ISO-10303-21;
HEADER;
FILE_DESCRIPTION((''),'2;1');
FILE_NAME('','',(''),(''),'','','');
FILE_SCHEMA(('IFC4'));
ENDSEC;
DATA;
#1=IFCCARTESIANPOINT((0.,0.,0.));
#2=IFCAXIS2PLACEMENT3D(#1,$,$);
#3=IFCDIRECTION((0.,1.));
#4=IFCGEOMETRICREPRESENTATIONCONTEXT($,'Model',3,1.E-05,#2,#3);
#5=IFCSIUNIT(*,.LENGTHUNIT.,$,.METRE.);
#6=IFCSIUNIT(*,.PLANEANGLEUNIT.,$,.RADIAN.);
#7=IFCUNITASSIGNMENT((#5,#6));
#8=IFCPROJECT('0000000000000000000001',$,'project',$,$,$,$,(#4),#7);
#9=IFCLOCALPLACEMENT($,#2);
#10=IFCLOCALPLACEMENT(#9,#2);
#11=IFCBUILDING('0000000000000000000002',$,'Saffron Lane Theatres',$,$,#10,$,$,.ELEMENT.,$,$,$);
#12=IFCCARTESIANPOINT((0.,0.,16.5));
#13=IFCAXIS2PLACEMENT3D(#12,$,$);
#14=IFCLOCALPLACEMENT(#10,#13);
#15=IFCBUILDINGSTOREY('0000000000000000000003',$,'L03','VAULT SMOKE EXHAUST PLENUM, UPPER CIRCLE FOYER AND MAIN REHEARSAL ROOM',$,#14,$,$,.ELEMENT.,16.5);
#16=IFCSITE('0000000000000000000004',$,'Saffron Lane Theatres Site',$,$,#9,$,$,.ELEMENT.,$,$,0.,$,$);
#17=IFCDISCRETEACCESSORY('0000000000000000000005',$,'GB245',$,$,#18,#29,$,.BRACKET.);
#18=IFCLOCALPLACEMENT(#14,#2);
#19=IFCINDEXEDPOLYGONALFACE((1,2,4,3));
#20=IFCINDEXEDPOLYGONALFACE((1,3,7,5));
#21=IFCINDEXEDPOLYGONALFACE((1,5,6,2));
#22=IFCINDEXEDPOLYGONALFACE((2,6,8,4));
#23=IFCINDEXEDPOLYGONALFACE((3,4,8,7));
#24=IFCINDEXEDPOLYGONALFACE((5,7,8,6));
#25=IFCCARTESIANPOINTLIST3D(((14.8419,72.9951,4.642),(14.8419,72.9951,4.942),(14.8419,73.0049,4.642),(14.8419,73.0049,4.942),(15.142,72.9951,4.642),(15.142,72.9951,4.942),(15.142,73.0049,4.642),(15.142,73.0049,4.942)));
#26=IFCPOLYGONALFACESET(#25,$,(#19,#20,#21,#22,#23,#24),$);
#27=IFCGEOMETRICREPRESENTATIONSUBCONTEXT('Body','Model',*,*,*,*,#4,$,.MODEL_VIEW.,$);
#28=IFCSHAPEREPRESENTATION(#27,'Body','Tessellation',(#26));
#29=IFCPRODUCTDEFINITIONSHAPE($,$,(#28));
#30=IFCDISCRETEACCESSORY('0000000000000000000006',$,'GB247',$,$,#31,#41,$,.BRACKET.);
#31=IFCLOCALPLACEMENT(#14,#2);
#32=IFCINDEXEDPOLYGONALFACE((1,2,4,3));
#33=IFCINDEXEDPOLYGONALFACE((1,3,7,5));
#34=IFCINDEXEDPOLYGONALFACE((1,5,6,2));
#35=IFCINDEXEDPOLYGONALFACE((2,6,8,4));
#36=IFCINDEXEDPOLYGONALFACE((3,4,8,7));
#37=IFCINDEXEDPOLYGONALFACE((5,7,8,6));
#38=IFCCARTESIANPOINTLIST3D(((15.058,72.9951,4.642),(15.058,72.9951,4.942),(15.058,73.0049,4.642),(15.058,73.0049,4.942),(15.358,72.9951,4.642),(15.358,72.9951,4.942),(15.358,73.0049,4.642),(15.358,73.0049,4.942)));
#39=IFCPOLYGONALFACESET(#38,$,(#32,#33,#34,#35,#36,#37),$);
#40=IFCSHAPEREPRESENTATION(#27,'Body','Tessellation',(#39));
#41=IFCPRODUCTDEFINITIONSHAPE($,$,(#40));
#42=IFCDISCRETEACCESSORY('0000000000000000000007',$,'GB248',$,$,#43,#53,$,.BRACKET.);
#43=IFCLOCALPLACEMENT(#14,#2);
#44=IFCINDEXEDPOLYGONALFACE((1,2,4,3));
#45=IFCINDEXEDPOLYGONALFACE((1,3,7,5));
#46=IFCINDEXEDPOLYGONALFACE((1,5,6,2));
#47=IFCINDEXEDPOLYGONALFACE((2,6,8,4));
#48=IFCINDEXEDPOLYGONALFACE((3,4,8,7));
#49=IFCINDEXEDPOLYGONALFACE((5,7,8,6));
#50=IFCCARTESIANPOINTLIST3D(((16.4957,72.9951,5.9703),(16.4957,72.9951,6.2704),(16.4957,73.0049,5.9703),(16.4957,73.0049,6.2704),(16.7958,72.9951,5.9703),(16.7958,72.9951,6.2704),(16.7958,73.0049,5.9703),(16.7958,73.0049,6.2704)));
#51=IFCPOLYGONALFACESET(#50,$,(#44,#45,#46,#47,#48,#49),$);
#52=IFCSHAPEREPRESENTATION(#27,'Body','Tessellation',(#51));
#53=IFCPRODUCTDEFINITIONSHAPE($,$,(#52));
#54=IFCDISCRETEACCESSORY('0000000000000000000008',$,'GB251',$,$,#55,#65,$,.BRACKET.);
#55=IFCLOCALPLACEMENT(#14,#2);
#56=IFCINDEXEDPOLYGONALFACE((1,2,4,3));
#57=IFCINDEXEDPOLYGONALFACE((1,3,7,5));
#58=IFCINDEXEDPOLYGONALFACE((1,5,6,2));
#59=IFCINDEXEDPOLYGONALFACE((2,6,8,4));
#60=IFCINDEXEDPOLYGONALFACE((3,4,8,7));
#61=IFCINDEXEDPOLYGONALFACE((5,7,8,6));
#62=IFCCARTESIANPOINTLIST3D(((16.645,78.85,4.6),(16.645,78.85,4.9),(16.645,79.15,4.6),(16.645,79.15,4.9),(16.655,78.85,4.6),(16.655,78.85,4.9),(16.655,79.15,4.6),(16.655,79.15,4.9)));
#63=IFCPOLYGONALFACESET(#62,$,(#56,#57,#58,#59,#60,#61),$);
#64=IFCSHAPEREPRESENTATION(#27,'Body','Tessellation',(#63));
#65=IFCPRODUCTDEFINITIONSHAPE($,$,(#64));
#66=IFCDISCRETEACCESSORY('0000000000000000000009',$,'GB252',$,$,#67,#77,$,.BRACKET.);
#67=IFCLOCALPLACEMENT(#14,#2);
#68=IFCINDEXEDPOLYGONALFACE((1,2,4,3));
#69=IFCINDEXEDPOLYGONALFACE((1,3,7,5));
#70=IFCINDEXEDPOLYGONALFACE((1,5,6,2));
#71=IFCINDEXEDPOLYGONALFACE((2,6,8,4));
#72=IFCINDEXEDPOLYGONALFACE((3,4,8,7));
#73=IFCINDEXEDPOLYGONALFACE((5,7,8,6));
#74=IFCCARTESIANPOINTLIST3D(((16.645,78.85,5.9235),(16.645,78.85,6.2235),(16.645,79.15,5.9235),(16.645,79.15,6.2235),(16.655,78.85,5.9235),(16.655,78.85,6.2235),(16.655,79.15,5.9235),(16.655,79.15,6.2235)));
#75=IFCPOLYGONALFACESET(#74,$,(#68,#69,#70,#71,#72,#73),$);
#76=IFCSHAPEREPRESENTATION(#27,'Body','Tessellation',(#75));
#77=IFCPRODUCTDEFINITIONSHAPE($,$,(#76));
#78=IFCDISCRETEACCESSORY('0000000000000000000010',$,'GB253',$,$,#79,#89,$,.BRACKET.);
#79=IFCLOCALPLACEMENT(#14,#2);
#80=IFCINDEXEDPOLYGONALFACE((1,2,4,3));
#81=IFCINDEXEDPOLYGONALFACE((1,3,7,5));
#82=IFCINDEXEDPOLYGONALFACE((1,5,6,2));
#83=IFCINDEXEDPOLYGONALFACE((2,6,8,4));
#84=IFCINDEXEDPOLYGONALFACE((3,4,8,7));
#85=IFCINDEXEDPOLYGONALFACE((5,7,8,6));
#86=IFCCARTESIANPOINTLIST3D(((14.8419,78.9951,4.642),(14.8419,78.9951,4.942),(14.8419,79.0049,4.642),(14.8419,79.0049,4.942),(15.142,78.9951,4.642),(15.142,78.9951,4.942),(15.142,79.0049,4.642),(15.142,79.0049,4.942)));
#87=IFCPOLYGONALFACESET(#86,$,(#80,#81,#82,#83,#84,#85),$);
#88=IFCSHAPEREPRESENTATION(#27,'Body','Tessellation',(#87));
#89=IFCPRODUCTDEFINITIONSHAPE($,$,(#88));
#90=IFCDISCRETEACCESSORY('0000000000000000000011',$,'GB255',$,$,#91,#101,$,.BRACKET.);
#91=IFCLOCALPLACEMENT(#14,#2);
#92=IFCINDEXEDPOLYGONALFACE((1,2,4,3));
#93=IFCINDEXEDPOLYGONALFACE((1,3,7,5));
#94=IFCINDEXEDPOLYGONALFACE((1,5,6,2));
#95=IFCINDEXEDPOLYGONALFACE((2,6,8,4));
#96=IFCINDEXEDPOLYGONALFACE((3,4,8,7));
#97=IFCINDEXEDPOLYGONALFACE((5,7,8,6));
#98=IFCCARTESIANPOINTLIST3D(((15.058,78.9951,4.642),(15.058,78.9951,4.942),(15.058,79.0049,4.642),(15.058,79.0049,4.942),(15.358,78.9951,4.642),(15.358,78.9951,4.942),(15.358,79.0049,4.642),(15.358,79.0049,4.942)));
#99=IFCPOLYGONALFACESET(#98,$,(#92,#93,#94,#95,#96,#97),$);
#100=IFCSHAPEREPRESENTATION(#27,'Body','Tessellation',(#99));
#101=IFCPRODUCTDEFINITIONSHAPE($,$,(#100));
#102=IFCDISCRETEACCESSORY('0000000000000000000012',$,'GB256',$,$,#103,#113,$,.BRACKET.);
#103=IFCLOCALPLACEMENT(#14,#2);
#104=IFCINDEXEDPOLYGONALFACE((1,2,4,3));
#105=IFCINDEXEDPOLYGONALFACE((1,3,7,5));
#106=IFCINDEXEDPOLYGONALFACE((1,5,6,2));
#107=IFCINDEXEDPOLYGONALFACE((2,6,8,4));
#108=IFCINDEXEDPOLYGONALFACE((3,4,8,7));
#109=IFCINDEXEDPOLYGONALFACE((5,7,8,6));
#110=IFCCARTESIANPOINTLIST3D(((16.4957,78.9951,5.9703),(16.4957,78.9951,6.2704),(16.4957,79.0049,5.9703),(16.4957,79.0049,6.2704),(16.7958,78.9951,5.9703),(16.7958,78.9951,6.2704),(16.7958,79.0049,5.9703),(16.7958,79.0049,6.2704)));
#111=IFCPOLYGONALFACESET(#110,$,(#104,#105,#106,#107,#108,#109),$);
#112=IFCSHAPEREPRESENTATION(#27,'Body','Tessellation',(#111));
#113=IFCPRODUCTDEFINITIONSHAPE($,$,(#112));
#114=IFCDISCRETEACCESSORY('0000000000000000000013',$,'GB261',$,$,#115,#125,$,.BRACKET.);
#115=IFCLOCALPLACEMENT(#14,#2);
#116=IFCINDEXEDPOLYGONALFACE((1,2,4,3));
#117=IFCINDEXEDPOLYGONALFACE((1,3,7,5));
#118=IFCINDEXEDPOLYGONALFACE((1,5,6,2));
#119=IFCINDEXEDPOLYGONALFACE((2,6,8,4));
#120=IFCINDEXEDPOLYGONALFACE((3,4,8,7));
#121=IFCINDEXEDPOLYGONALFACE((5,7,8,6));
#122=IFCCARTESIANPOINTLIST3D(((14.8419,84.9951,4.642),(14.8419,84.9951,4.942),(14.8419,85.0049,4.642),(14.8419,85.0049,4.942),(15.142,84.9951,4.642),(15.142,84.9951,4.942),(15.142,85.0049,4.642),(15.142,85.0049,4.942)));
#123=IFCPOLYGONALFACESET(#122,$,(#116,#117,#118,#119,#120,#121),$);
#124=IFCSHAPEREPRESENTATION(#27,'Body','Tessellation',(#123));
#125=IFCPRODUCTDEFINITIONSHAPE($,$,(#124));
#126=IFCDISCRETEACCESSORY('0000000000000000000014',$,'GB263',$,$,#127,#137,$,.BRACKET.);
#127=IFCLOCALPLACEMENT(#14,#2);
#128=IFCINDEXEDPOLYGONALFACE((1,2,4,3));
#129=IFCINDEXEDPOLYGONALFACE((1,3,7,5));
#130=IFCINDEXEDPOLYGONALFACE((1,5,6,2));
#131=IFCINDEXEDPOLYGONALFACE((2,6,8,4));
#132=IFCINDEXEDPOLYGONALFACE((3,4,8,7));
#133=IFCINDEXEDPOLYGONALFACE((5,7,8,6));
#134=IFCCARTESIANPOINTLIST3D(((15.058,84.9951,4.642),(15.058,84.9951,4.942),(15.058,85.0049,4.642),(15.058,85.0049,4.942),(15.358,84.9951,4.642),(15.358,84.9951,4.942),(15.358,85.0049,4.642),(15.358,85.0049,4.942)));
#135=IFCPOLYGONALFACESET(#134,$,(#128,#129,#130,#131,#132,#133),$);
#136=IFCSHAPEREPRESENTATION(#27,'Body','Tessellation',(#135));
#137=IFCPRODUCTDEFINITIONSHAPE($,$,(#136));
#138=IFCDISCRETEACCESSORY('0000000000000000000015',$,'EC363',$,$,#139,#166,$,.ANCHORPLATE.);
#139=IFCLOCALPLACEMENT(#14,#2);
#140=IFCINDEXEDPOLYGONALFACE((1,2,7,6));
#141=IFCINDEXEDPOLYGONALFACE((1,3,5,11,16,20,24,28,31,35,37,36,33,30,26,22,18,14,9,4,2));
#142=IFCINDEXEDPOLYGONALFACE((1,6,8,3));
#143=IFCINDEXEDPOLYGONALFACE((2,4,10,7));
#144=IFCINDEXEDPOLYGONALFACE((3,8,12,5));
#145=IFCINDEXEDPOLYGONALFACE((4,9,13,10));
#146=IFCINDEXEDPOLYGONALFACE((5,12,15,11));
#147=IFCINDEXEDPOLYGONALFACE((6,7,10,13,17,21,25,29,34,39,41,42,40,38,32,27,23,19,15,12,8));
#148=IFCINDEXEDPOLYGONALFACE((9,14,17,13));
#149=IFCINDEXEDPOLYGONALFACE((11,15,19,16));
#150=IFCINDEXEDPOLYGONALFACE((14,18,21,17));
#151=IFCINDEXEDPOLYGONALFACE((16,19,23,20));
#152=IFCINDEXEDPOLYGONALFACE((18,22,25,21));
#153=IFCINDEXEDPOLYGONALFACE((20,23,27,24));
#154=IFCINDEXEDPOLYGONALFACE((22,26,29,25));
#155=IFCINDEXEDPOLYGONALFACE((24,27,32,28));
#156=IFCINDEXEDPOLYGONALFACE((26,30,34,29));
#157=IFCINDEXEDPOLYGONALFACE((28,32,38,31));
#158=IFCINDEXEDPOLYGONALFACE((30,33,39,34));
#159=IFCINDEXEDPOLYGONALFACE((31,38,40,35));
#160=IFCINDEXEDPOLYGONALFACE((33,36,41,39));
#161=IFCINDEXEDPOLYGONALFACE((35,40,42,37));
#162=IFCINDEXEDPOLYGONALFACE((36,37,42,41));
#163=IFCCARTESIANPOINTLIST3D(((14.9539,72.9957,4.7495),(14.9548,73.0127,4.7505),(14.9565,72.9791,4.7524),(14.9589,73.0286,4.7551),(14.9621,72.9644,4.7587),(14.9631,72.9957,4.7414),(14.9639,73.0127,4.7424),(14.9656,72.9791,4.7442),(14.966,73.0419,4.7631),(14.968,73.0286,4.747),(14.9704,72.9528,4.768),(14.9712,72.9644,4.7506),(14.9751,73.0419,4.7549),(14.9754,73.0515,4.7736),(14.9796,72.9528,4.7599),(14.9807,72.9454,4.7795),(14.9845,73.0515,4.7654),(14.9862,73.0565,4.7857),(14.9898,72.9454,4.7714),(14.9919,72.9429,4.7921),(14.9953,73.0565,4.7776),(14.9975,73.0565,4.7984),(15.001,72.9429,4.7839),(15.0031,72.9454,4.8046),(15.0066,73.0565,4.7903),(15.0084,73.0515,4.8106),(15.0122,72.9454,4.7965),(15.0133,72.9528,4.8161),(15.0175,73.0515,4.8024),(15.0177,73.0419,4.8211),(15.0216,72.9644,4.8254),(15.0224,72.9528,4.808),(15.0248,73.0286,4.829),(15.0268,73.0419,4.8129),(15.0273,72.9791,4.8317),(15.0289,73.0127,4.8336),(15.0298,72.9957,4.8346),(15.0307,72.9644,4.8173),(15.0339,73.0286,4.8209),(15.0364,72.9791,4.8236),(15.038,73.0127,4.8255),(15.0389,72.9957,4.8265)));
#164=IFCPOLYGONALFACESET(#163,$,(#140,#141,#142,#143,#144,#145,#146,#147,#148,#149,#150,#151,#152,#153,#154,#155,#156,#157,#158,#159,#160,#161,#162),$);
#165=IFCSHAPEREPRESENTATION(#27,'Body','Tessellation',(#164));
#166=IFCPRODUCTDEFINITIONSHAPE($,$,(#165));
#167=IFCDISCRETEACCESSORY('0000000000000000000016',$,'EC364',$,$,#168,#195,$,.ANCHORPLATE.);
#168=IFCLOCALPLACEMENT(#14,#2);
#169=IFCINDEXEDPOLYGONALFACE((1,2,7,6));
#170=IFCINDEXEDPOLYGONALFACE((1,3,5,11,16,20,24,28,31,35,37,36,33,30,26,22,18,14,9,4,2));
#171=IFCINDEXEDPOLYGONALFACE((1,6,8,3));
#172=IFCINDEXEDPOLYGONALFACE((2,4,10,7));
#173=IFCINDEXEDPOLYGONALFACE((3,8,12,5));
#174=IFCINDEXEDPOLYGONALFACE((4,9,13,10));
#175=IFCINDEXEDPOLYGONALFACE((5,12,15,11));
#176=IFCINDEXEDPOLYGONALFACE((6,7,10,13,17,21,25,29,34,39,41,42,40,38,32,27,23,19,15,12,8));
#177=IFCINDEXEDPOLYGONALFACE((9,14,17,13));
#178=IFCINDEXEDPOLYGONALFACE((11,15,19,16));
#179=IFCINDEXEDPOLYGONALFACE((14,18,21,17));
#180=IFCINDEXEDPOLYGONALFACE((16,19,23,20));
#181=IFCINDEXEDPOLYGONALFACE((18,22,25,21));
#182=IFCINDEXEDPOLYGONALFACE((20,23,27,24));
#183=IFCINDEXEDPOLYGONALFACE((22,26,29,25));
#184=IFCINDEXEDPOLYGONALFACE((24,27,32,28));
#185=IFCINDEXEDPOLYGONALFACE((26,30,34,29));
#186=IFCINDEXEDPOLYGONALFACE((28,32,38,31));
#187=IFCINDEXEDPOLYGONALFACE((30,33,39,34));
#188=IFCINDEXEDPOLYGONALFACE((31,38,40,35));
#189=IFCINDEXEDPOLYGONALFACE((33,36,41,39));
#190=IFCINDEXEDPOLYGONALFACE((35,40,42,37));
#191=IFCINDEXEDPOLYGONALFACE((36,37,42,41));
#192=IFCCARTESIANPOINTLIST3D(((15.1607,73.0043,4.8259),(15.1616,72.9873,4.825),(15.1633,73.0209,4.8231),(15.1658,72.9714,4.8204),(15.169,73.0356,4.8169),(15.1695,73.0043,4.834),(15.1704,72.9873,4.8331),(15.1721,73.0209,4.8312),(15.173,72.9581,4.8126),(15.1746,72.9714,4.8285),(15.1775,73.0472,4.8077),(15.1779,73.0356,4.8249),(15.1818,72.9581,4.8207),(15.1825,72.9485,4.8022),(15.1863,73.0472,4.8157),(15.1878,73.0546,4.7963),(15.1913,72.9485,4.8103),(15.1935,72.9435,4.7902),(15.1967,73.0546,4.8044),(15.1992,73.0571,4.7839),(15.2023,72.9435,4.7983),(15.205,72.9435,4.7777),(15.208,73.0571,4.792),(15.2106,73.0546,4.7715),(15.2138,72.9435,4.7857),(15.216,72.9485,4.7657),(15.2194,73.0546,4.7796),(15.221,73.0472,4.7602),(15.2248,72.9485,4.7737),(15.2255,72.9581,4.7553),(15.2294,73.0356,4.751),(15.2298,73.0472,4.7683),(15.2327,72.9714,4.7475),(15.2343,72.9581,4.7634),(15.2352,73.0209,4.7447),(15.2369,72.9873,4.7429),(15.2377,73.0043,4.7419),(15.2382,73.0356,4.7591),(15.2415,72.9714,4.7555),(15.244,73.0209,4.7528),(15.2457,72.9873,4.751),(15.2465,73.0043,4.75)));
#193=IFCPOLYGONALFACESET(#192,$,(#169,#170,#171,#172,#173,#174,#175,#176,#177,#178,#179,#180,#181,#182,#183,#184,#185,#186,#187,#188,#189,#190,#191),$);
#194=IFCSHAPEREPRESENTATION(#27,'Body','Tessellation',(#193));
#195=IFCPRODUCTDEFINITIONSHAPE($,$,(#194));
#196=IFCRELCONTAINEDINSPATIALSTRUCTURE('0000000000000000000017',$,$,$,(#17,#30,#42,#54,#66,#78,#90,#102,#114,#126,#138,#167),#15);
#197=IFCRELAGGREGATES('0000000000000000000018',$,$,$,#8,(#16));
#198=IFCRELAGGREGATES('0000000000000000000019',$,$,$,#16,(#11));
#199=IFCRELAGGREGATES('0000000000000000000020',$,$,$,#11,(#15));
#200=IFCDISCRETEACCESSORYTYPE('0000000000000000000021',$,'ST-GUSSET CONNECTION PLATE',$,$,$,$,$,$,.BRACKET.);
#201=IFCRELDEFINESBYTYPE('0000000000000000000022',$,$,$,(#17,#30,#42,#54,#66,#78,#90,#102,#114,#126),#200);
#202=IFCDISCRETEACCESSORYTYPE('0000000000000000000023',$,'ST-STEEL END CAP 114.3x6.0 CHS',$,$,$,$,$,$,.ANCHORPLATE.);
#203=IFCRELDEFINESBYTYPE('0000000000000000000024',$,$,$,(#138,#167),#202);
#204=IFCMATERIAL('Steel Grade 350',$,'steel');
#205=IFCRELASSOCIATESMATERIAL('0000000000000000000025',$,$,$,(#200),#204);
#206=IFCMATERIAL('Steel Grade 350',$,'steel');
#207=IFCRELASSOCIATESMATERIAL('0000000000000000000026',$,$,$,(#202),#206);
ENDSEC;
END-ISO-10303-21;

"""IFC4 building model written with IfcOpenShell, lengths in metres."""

from ifc_helpers import new_model, si_unit, direction, frame, origin, origin_2d, place, context, subcontext, project, spatial, rectangle, circle, extrude, material, material_profile, profile_set, type_object, element, save


model = new_model("IFC4")

# Units and contexts
model_context = context("Model", 3, precision=1e-05, world=origin(), true_north=direction((0.0, 1.0)))
body_context = subcontext(model_context, "Body", "Model", "MODEL_VIEW")
ifc_project = project(units=[si_unit("LENGTHUNIT", "METRE"), si_unit("PLANEANGLEUNIT", "RADIAN")], contexts=[model_context])

# Site, building, storey
site_placement = place(None, origin())
site = spatial("IfcSite", under=ifc_project, at=site_placement, Name="Saffron Lane Theatres Site", CompositionType="ELEMENT", RefElevation=0.0)
building_placement = place(site_placement, origin())
building = spatial("IfcBuilding", under=site, at=building_placement, Name="Saffron Lane Theatres", CompositionType="ELEMENT")
storey_placement = place(building_placement, frame((0.0, 0.0, 16.5)))
storey = spatial("IfcBuildingStorey", under=building, at=storey_placement, Name="L03", Description="VAULT SMOKE EXHAUST PLENUM, UPPER CIRCLE FOYER AND MAIN REHEARSAL ROOM", CompositionType="ELEMENT", Elevation=16.5)

# Discrete accessories
ifc_material_1 = material(Name="Steel Grade 350", Category="steel")
ifc_material_profile_1 = material_profile(ifc_material_1, rectangle(XDim=0.3, YDim=0.3, at=origin_2d()))
ifc_profile_set_1 = profile_set([ifc_material_profile_1], Name="Steel Grade 350")
discrete_accessory_type_1 = type_object("IfcDiscreteAccessoryType", Name="ST-GUSSET CONNECTION PLATE", PredefinedType="BRACKET", material=ifc_profile_set_1)
for number, where, z_axis, x_axis, name in (
    (1, (14.9919, 72.9951, 4.792), (0.0, 1.0, 0.0), (-1.0, 0.0, 0.0), "GB245"),
    (2, (15.208, 72.9951, 4.792), (0.0, 1.0, 0.0), (-1.0, 0.0, 0.0), "GB247"),
    (3, (16.6458, 72.9951, 6.1204), (0.0, 1.0, 0.0), (-1.0, 0.0, 0.0), "GB248"),
):
    element("IfcDiscreteAccessory", number, at=place(storey_placement, frame(where, z_axis=z_axis, x_axis=x_axis)), inside=storey, type_object=discrete_accessory_type_1, Name=name, PredefinedType="BRACKET", context=body_context, shape_type="SweptSolid", body=[
        extrude(rectangle(XDim=0.3, YDim=0.3, at=origin_2d()), origin(), (0.0, 0.0, 1.0), 0.0098),
    ])
for number, where, z_axis, x_axis, name in (
    (4, (16.645, 79.0, 4.75), (1.0, 0.0, 0.0), (0.0, 1.0, 0.0), "GB251"),
    (5, (16.645, 79.0, 6.0735), (1.0, 0.0, 0.0), (0.0, 1.0, 0.0), "GB252"),
):
    element("IfcDiscreteAccessory", number, at=place(storey_placement, frame(where, z_axis=z_axis, x_axis=x_axis)), inside=storey, type_object=discrete_accessory_type_1, Name=name, PredefinedType="BRACKET", context=body_context, shape_type="SweptSolid", body=[
        extrude(rectangle(XDim=0.3, YDim=0.3, at=origin_2d()), origin(), (0.0, 0.0, 1.0), 0.01),
    ])
for number, where, z_axis, x_axis, name in (
    (6, (14.9919, 78.9951, 4.792), (0.0, 1.0, 0.0), (-1.0, 0.0, 0.0), "GB253"),
    (7, (15.208, 78.9951, 4.792), (0.0, 1.0, 0.0), (-1.0, 0.0, 0.0), "GB255"),
    (8, (16.6458, 78.9951, 6.1204), (0.0, 1.0, 0.0), (-1.0, 0.0, 0.0), "GB256"),
    (9, (14.9919, 84.9951, 4.792), (0.0, 1.0, 0.0), (-1.0, 0.0, 0.0), "GB261"),
    (10, (15.208, 84.9951, 4.792), (0.0, 1.0, 0.0), (-1.0, 0.0, 0.0), "GB263"),
):
    element("IfcDiscreteAccessory", number, at=place(storey_placement, frame(where, z_axis=z_axis, x_axis=x_axis)), inside=storey, type_object=discrete_accessory_type_1, Name=name, PredefinedType="BRACKET", context=body_context, shape_type="SweptSolid", body=[
        extrude(rectangle(XDim=0.3, YDim=0.3, at=origin_2d()), origin(), (0.0, 0.0, 1.0), 0.0098),
    ])
ifc_material_2 = material(Name="Steel Grade 350", Category="steel")
ifc_material_profile_2 = material_profile(ifc_material_2, circle(Radius=0.0571, at=origin_2d()))
ifc_profile_set_2 = profile_set([ifc_material_profile_2], Name="Steel Grade 350")
discrete_accessory_type_2 = type_object("IfcDiscreteAccessoryType", Name="ST-STEEL END CAP 114.3x6.0 CHS", PredefinedType="ANCHORPLATE", material=ifc_profile_set_2)
discrete_accessory_1_placement = place(storey_placement, frame((15.001, 73.0, 4.7839), z_axis=(-0.746295, 0.0, 0.665615), x_axis=(0.0, -1.0, 0.0)))
element("IfcDiscreteAccessory", 11, at=discrete_accessory_1_placement, inside=storey, type_object=discrete_accessory_type_2, Name="EC363", PredefinedType="ANCHORPLATE", context=body_context, shape_type="SweptSolid", body=[
    extrude(circle(Radius=0.0571, at=origin_2d()), origin(), (0.0, 0.0, 1.0), 0.0122),
])
discrete_accessory_2_placement = place(storey_placement, frame((15.1992, 73.0, 4.7839), z_axis=(0.737154, 0.0, 0.675725), x_axis=(0.0, 1.0, 0.0)))
element("IfcDiscreteAccessory", 12, at=discrete_accessory_2_placement, inside=storey, type_object=discrete_accessory_type_2, Name="EC364", PredefinedType="ANCHORPLATE", context=body_context, shape_type="SweptSolid", body=[
    extrude(circle(Radius=0.0571, at=origin_2d()), origin(), (0.0, 0.0, 1.0), 0.012),
])

save(model, "model.ifc")
